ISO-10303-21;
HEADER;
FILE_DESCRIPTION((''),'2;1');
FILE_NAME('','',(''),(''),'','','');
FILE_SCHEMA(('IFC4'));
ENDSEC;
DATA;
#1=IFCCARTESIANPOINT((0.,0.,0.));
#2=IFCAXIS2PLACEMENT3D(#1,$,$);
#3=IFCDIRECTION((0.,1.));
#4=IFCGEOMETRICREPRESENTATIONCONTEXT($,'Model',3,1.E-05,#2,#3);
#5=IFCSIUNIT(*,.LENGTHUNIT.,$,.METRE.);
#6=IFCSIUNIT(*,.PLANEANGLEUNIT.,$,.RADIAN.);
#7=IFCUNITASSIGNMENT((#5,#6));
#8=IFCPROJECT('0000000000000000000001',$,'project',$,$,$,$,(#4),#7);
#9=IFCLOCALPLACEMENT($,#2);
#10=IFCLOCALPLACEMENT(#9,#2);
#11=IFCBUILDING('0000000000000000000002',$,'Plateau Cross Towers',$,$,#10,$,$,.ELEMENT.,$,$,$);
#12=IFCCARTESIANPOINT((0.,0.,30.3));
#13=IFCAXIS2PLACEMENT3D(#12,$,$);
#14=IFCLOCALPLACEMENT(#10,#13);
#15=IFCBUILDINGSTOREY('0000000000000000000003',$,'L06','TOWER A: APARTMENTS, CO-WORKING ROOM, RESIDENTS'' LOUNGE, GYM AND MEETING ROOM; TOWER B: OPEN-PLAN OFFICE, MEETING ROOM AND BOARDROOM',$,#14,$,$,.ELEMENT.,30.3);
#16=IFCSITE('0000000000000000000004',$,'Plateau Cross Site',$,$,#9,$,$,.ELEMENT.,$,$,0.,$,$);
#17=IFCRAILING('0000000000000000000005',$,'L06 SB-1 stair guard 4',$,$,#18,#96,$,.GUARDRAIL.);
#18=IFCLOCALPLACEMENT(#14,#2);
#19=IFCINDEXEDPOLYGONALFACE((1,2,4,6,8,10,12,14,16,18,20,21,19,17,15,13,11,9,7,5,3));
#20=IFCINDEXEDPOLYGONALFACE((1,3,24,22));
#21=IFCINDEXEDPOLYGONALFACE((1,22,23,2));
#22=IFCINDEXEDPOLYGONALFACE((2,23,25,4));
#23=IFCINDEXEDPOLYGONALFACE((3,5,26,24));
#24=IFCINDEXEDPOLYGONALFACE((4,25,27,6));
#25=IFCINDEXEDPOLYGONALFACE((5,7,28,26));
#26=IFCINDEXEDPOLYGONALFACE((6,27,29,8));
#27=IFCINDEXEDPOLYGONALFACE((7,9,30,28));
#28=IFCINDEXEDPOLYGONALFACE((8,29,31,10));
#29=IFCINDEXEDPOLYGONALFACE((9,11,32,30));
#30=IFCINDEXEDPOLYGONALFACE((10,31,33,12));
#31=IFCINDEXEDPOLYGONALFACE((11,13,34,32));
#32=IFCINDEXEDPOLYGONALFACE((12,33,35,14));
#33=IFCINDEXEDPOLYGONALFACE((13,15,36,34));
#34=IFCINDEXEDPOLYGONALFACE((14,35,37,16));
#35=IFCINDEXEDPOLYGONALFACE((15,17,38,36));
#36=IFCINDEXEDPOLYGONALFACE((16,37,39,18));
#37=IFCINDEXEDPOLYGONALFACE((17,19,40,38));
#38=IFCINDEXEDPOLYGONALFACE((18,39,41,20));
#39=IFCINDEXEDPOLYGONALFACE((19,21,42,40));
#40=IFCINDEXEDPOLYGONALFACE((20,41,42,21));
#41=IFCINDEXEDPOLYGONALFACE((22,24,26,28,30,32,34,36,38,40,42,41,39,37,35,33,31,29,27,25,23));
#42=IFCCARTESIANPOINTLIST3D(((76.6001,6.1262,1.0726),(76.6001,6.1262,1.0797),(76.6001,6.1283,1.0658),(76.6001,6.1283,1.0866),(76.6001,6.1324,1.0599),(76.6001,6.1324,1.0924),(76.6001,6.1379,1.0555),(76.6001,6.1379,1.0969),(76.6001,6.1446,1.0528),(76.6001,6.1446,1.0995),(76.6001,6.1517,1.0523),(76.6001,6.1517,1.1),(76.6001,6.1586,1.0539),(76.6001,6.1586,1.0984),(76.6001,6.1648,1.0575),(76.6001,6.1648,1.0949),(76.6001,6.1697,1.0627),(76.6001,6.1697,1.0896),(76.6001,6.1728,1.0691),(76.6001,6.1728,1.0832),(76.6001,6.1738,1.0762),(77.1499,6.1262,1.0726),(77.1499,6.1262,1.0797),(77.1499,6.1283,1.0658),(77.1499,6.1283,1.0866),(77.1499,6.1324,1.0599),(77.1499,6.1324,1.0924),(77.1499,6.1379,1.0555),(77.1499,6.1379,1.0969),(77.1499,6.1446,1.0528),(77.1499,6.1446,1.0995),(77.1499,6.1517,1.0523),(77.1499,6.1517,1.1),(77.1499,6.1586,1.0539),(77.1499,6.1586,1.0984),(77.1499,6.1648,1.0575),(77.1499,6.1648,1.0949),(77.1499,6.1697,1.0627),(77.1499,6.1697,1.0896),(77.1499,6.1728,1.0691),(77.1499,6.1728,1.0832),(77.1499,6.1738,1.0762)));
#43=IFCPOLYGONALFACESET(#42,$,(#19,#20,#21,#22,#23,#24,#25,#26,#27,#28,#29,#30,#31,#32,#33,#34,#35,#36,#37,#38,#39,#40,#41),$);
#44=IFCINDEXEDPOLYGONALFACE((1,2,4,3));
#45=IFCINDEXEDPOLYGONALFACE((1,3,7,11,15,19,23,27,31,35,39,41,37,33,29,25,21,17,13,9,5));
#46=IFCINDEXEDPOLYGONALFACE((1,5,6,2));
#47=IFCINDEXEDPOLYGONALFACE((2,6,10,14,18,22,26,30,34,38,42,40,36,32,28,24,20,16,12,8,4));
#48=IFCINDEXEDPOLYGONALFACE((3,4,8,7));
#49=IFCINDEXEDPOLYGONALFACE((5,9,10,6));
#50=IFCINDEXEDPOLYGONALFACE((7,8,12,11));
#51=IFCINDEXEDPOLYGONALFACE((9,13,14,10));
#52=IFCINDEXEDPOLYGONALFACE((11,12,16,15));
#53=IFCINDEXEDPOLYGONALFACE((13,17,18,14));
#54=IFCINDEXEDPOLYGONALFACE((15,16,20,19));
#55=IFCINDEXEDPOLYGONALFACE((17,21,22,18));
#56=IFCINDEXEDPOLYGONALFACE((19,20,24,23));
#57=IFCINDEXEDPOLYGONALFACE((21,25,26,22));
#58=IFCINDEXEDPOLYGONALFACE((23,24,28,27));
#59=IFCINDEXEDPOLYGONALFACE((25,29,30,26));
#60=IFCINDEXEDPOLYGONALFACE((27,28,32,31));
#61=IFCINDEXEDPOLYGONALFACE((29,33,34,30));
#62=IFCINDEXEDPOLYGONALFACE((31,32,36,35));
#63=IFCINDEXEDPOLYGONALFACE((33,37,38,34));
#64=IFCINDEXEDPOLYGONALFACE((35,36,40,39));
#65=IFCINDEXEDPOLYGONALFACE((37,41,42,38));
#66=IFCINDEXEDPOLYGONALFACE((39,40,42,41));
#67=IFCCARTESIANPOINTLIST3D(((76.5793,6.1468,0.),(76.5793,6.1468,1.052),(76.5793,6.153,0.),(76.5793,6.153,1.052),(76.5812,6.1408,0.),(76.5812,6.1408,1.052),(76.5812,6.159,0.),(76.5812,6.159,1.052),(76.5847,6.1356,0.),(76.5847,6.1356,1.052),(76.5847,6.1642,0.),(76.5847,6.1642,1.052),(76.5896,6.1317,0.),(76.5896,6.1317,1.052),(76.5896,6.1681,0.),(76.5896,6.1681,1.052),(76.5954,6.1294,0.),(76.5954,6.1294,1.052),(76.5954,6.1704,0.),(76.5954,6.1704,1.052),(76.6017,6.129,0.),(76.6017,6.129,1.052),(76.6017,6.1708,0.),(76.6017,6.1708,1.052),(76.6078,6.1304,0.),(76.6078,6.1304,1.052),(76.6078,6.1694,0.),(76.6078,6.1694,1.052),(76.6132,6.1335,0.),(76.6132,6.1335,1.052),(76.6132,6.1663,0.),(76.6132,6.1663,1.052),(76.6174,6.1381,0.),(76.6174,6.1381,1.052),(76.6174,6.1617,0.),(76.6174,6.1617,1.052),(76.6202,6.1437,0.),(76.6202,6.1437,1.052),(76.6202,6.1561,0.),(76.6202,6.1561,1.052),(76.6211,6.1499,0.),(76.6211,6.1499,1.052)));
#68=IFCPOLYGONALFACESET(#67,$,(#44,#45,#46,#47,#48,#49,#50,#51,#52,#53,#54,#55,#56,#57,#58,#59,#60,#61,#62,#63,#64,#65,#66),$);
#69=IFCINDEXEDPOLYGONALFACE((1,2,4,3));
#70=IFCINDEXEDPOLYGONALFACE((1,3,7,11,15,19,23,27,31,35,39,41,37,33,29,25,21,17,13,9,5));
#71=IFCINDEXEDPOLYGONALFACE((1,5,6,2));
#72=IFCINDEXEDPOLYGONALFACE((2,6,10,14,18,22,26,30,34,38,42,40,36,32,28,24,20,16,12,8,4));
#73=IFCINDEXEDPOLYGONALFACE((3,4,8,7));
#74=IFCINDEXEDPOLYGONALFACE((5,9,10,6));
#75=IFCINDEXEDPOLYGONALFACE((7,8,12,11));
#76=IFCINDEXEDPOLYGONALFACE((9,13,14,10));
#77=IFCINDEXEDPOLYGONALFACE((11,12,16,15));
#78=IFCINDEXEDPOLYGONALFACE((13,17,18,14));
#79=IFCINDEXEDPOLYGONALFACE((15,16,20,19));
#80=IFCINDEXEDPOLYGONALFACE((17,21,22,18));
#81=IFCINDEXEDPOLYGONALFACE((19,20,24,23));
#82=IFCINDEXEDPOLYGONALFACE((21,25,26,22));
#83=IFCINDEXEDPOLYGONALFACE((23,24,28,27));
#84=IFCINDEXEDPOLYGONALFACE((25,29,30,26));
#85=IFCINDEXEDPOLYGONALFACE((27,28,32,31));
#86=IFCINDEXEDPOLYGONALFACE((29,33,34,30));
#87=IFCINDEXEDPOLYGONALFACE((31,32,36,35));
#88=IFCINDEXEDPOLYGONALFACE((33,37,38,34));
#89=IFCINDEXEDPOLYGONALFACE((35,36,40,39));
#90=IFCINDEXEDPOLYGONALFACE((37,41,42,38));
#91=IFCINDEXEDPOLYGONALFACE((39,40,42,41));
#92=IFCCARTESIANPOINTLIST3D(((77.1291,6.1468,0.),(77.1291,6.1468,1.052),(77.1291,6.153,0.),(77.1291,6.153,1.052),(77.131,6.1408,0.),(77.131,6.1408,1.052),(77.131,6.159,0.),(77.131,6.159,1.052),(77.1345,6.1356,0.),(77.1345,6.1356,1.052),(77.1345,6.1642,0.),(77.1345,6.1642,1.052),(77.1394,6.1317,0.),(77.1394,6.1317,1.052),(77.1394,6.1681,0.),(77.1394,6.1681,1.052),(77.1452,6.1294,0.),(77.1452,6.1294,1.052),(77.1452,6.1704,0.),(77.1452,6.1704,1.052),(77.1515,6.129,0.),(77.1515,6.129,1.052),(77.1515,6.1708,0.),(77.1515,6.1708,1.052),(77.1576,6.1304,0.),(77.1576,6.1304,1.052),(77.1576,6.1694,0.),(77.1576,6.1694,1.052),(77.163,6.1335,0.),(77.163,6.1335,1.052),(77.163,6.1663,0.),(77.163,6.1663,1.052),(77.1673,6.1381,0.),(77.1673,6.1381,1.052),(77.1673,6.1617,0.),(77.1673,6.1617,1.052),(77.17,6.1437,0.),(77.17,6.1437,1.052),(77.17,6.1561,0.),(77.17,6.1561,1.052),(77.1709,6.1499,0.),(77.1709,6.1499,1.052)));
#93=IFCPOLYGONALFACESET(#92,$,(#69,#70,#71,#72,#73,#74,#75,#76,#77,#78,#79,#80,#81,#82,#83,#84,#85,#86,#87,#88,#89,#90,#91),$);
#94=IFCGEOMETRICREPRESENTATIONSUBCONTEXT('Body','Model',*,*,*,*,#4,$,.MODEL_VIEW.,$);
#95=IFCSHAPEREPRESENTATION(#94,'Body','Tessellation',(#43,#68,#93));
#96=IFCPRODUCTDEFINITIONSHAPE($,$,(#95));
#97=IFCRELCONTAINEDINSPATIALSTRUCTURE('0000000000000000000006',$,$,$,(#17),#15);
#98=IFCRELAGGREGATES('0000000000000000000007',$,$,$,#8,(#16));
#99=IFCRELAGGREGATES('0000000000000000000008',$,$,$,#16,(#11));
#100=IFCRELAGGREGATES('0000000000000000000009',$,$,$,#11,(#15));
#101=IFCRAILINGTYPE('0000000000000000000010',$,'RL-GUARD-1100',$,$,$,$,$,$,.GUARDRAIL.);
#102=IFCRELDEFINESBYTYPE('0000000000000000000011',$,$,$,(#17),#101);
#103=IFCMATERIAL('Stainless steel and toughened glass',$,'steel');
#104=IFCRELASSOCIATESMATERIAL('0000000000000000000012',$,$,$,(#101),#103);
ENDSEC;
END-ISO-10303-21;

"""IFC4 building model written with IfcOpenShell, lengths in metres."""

from ifc_helpers import new_model, si_unit, direction, frame, origin, origin_2d, place, context, subcontext, project, spatial, circle, extrude, material, type_object, element, save


model = new_model("IFC4")

# Units and contexts
model_context = context("Model", 3, precision=1e-05, world=origin(), true_north=direction((0.0, 1.0)))
body_context = subcontext(model_context, "Body", "Model", "MODEL_VIEW")
ifc_project = project(units=[si_unit("LENGTHUNIT", "METRE"), si_unit("PLANEANGLEUNIT", "RADIAN")], contexts=[model_context])

# Site, building, storey
site_placement = place(None, origin())
site = spatial("IfcSite", under=ifc_project, at=site_placement, Name="Plateau Cross Site", CompositionType="ELEMENT", RefElevation=0.0)
building_placement = place(site_placement, origin())
building = spatial("IfcBuilding", under=site, at=building_placement, Name="Plateau Cross Towers", CompositionType="ELEMENT")
storey_placement = place(building_placement, frame((0.0, 0.0, 30.3)))
storey = spatial("IfcBuildingStorey", under=building, at=storey_placement, Name="L06", Description="TOWER A: APARTMENTS, CO-WORKING ROOM, RESIDENTS' LOUNGE, GYM AND MEETING ROOM; TOWER B: OPEN-PLAN OFFICE, MEETING ROOM AND BOARDROOM", CompositionType="ELEMENT", Elevation=30.3)

# Railing
ifc_material_1 = material(Name="Stainless steel and toughened glass", Category="steel")
railing_type_1 = type_object("IfcRailingType", Name="RL-GUARD-1100", PredefinedType="GUARDRAIL", material=ifc_material_1)
railing_1_placement = place(storey_placement, frame((76.6001, 6.1499, 0.0)))
element("IfcRailing", 1, at=railing_1_placement, inside=storey, type_object=railing_type_1, Name="L06 SB-1 stair guard 4", PredefinedType="GUARDRAIL", context=body_context, shape_type="SweptSolid", body=[
    extrude(circle(Radius=0.0239, at=origin_2d()), frame((0.0, 0.0, 1.0762), z_axis=(1.0, 0.0, 0.0), x_axis=(0.0, 1.0, 0.0)), (0.0, 0.0, 1.0), 0.5498),
    extrude(circle(Radius=0.021, at=origin_2d()), origin(), (0.0, 0.0, 1.0), 1.052),
    extrude(circle(Radius=0.021, at=origin_2d()), frame((0.5498, 0.0, 0.0)), (0.0, 0.0, 1.0), 1.052),
])

save(model, "model.ifc")
